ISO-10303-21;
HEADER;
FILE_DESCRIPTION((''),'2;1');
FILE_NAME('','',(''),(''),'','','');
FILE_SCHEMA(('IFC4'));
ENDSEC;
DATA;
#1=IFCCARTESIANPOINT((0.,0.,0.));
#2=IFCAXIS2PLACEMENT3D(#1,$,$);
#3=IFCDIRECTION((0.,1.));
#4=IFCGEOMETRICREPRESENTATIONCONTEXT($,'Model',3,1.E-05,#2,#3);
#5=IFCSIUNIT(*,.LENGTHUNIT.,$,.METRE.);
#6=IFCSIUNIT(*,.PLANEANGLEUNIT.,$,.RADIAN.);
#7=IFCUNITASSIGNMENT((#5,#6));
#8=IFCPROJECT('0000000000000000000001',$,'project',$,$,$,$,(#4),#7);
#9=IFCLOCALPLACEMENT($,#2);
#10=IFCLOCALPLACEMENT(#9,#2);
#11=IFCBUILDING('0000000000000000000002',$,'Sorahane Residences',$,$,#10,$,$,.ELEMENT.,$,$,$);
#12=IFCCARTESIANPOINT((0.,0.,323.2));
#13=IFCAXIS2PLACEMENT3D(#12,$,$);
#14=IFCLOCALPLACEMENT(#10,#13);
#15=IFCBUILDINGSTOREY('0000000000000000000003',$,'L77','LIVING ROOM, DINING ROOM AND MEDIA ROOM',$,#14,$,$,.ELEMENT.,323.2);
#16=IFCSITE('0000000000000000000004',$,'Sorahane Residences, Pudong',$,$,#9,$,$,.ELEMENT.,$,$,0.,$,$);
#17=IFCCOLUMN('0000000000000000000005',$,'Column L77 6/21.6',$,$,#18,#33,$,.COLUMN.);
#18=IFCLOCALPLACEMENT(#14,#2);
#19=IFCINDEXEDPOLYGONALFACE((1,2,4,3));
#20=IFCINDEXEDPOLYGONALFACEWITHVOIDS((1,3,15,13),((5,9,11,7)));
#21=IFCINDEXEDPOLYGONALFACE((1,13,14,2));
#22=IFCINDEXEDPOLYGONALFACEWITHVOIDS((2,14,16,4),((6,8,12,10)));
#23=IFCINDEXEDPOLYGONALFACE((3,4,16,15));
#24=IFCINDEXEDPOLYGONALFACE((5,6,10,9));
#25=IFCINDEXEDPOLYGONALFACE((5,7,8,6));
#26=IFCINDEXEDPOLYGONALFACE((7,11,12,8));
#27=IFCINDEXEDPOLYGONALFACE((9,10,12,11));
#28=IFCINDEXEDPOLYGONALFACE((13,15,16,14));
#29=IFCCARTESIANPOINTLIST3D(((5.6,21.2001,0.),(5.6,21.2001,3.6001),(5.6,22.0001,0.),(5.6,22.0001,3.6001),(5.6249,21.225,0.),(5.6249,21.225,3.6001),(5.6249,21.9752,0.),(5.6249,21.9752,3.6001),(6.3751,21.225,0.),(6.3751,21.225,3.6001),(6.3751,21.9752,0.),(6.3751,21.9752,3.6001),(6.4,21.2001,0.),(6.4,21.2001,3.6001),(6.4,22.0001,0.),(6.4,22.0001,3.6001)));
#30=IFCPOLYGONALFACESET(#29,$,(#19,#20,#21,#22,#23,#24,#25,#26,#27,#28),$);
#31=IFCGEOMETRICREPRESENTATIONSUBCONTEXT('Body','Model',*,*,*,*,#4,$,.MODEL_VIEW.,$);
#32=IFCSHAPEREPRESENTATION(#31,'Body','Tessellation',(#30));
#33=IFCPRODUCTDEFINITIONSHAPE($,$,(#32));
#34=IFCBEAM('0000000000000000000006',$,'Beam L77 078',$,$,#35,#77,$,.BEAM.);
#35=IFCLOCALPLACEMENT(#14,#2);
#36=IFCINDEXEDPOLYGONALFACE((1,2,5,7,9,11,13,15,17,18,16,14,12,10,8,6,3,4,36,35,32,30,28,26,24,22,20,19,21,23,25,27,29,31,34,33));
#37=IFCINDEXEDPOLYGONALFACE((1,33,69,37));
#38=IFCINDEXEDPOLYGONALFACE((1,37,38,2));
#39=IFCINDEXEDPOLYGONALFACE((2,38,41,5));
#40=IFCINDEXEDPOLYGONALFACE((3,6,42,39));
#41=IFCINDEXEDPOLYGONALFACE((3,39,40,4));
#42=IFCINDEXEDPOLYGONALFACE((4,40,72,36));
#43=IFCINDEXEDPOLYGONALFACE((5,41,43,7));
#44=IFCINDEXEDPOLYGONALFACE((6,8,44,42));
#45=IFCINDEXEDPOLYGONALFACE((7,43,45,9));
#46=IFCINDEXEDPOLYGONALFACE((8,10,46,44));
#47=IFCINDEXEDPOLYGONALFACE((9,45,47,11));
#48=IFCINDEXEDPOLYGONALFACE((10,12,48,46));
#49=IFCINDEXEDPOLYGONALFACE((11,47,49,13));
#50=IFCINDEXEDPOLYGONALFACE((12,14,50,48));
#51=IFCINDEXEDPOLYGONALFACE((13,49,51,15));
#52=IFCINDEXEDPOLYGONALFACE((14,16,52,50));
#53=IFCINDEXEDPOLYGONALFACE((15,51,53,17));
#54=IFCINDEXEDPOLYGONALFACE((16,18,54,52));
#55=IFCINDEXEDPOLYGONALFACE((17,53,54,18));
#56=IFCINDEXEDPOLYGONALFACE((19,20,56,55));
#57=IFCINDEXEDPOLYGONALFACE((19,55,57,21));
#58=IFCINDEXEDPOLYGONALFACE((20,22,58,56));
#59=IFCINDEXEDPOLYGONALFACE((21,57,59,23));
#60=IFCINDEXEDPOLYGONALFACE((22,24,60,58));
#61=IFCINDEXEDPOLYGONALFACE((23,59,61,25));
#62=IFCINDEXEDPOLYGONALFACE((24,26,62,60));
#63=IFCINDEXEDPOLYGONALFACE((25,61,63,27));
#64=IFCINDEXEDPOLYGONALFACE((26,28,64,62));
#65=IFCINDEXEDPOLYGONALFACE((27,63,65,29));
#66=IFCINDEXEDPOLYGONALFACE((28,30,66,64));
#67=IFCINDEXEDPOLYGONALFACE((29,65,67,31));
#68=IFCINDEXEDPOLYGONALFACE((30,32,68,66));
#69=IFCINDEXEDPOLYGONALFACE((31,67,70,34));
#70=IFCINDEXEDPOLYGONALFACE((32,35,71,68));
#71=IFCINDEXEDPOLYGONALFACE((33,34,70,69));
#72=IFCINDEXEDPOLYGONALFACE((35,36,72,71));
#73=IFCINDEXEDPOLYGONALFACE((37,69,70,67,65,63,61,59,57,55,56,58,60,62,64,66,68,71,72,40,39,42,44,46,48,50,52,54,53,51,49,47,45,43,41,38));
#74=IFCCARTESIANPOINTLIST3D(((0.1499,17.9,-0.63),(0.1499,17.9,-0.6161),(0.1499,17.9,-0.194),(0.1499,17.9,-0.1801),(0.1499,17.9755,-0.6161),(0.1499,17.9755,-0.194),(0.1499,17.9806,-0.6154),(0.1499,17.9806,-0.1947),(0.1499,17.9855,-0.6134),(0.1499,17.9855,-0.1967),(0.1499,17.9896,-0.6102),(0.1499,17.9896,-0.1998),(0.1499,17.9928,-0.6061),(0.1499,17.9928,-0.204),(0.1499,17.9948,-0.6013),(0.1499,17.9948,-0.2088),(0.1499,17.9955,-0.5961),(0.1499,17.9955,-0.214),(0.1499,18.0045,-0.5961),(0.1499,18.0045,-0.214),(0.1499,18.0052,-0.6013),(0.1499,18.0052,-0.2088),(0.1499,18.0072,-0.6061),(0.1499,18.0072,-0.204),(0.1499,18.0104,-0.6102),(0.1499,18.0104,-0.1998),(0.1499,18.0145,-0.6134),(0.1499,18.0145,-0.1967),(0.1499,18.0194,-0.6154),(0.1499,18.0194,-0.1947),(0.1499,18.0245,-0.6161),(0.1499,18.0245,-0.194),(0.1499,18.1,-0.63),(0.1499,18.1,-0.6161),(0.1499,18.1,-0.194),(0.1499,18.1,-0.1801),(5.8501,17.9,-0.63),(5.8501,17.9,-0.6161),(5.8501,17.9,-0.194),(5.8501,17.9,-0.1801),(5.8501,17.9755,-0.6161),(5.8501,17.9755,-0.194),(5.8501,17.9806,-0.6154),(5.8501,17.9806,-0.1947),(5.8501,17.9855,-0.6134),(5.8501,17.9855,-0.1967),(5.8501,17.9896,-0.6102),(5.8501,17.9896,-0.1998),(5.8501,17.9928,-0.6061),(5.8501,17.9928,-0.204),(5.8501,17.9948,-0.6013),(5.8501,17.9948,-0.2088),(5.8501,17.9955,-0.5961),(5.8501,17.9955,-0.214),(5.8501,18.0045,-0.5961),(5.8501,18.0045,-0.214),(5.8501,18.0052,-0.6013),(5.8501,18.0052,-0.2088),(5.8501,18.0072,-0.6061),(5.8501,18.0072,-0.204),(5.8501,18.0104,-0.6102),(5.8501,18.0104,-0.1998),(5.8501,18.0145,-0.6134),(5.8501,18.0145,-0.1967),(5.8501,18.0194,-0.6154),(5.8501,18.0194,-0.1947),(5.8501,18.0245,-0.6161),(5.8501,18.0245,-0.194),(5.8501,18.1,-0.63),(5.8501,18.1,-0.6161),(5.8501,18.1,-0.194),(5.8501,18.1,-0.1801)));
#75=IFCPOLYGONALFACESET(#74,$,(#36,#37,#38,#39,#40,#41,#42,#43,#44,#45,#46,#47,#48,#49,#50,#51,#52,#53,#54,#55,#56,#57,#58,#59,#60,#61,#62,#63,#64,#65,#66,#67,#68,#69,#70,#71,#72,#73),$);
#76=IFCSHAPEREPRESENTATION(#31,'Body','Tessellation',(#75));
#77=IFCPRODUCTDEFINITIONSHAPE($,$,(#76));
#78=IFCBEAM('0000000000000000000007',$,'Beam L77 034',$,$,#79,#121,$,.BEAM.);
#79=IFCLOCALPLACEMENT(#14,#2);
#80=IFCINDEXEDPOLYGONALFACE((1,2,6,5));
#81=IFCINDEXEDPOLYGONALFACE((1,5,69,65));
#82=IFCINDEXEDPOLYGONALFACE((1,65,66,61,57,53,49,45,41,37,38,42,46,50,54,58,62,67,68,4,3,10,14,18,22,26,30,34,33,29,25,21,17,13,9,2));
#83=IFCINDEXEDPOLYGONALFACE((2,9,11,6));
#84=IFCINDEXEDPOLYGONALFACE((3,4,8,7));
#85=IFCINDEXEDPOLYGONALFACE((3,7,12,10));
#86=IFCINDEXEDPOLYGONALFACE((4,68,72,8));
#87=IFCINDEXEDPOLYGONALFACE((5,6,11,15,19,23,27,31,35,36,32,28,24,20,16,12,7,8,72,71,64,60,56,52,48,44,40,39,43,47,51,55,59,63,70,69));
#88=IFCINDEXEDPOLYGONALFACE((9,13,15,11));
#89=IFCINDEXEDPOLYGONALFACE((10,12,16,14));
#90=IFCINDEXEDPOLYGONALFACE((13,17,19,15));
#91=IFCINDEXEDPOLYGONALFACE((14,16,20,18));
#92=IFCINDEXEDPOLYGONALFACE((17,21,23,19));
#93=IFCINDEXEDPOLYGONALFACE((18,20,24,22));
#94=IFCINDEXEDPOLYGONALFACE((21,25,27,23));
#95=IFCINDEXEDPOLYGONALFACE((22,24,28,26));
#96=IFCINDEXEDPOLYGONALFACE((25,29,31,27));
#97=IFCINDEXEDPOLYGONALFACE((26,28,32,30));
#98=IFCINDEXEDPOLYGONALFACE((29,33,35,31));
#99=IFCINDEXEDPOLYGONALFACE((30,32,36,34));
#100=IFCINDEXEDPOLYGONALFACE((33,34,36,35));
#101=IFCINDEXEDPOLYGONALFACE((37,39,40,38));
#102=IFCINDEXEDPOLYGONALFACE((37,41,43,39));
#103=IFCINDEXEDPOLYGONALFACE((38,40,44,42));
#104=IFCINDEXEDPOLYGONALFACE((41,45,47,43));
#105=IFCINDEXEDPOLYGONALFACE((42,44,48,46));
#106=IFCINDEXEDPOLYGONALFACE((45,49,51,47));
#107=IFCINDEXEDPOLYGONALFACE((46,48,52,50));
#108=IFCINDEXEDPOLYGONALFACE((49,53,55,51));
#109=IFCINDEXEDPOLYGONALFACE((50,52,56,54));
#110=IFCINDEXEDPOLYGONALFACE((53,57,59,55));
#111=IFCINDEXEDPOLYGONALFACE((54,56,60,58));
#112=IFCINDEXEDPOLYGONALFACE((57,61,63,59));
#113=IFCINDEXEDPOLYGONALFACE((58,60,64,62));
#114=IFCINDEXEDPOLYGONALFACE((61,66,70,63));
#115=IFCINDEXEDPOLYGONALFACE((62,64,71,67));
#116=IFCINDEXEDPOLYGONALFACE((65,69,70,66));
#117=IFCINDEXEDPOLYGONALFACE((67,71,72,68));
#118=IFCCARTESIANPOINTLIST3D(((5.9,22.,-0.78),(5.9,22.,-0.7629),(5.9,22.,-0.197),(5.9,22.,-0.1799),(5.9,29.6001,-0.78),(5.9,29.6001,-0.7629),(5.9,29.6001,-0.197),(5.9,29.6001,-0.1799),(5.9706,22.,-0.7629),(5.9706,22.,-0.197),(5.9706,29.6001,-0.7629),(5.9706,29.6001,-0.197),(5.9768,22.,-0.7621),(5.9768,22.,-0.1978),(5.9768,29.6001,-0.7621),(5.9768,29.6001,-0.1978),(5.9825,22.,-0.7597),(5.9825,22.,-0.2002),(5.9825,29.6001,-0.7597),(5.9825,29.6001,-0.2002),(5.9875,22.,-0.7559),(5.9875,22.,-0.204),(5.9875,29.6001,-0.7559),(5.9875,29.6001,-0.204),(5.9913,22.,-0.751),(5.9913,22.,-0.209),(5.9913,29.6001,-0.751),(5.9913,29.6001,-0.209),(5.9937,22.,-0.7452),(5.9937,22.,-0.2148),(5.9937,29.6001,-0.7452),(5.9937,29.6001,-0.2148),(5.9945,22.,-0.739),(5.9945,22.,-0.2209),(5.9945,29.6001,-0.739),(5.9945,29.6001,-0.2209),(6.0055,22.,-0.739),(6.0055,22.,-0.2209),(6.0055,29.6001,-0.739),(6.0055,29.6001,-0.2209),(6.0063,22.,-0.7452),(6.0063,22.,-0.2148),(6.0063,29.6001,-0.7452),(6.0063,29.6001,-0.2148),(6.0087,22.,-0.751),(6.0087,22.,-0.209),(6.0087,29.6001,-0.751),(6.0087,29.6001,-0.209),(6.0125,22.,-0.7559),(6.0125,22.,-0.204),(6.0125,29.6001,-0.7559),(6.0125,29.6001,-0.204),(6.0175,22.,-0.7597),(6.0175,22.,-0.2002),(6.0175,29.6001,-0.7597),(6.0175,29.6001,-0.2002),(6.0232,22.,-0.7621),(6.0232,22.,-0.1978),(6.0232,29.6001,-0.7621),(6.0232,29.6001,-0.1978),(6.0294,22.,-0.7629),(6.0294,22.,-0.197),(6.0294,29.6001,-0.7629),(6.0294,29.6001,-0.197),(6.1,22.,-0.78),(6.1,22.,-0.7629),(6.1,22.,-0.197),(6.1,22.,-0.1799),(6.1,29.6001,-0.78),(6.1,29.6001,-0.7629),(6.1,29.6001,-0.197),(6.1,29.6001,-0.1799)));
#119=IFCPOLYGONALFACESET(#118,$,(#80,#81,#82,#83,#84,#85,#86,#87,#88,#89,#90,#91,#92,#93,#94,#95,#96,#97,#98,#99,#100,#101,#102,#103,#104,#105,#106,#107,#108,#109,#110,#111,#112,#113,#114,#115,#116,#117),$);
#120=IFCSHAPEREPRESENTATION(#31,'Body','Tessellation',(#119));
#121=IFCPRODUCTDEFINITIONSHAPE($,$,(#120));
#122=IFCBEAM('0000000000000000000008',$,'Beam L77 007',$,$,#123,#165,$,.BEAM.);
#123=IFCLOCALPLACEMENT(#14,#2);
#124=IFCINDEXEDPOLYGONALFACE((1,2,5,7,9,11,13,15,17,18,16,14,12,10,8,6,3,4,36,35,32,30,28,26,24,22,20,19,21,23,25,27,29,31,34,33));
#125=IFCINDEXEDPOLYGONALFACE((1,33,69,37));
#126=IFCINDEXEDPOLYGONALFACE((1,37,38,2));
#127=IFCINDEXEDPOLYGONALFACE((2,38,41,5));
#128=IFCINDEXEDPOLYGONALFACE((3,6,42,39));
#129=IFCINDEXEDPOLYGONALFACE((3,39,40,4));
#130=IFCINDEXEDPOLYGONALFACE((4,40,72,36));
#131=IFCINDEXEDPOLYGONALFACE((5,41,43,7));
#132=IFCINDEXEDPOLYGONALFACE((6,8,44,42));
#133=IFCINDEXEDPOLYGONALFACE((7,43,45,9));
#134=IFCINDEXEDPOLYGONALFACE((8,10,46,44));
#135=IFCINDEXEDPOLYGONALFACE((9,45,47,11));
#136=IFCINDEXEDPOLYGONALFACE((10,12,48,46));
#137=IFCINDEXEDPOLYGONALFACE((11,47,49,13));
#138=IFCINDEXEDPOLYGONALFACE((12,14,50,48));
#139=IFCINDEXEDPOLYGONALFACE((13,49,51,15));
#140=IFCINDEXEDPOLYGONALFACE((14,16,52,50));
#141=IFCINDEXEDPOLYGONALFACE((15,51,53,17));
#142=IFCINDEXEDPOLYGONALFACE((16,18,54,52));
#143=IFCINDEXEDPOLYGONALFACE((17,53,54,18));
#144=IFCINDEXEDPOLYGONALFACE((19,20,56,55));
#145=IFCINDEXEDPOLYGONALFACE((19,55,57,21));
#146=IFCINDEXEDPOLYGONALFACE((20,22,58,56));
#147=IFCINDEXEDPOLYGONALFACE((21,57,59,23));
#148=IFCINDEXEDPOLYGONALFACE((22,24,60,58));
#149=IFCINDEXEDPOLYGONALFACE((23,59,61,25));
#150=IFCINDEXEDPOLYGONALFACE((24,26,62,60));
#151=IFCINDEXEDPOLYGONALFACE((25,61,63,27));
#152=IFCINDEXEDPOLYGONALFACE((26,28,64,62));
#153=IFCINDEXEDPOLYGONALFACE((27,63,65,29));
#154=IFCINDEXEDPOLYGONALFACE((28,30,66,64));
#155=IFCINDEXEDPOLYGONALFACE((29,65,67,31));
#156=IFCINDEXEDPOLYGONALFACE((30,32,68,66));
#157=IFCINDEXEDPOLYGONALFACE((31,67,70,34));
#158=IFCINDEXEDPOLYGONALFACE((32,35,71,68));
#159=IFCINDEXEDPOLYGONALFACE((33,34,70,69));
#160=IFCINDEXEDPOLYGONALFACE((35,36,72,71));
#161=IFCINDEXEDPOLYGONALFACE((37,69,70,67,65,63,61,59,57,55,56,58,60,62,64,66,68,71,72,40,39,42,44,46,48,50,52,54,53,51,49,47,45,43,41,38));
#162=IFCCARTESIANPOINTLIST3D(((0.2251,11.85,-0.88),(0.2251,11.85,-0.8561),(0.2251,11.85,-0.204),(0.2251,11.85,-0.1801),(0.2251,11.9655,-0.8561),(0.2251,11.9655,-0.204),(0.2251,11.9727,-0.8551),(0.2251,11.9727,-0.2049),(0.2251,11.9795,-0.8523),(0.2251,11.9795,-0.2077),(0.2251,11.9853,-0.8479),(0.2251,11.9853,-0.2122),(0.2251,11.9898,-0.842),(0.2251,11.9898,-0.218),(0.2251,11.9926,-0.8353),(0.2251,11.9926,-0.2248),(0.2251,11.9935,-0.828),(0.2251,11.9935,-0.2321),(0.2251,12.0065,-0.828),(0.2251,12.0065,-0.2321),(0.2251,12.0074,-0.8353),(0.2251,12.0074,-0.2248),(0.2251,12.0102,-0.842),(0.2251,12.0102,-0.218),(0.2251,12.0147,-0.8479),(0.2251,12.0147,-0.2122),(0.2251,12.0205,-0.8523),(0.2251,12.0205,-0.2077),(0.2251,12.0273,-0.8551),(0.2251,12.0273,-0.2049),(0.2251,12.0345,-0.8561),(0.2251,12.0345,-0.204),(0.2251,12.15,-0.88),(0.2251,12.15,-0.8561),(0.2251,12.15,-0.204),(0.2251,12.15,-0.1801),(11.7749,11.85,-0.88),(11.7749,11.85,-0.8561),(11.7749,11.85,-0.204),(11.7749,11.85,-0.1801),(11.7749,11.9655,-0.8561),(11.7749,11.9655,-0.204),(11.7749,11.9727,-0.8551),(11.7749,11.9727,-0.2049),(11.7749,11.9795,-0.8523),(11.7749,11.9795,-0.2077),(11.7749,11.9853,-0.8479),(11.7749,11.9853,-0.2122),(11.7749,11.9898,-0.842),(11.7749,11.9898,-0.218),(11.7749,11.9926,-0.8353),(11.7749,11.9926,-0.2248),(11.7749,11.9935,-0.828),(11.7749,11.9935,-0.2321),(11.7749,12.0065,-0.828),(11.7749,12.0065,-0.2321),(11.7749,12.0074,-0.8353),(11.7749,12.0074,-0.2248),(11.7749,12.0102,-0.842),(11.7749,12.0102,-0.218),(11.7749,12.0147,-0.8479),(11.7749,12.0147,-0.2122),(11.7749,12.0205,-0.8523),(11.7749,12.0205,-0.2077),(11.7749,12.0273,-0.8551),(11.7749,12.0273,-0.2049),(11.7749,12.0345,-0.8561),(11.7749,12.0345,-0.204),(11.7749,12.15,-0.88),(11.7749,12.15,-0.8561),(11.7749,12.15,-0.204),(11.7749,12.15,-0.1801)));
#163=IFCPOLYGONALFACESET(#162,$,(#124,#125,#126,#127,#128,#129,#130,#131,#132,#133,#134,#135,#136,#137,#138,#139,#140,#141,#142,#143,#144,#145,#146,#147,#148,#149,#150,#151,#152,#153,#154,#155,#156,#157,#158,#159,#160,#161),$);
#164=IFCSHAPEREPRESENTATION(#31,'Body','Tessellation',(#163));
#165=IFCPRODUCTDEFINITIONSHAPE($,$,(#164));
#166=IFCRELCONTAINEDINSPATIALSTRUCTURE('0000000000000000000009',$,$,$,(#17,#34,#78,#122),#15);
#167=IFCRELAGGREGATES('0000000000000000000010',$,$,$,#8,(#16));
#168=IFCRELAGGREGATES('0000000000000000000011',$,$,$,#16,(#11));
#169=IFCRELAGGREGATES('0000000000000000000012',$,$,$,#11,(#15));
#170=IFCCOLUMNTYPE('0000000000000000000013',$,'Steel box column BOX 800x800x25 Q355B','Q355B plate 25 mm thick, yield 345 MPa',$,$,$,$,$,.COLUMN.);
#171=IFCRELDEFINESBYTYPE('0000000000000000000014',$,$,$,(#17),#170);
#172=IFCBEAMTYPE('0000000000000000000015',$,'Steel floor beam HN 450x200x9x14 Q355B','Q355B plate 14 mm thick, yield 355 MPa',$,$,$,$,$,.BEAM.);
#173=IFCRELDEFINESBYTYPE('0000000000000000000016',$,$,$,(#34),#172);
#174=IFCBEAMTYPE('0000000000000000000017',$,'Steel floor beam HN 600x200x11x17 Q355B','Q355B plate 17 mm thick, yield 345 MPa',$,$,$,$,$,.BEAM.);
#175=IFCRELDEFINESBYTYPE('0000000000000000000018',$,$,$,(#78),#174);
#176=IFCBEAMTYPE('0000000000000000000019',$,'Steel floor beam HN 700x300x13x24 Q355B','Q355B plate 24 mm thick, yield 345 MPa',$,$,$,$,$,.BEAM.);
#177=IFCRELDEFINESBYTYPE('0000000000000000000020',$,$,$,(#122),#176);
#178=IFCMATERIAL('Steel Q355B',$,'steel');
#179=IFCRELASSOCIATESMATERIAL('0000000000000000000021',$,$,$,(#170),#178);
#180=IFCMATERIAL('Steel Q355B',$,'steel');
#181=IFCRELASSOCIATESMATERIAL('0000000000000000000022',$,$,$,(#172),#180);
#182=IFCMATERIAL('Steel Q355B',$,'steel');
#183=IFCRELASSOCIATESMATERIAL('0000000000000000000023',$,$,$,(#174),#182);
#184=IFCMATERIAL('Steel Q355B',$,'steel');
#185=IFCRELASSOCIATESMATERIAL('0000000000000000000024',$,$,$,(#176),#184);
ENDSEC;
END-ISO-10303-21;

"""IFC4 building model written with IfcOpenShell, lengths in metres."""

from ifc_helpers import new_model, si_unit, direction, frame, origin, origin_2d, place, context, subcontext, project, spatial, hollow_rectangle, i_section, extrude, material, material_profile, profile_set, type_object, element, save


model = new_model("IFC4")

# Units and contexts
model_context = context("Model", 3, precision=1e-05, world=origin(), true_north=direction((0.0, 1.0)))
body_context = subcontext(model_context, "Body", "Model", "MODEL_VIEW")
ifc_project = project(units=[si_unit("LENGTHUNIT", "METRE"), si_unit("PLANEANGLEUNIT", "RADIAN")], contexts=[model_context])

# Site, building, storey
site_placement = place(None, origin())
site = spatial("IfcSite", under=ifc_project, at=site_placement, Name="Sorahane Residences, Pudong", CompositionType="ELEMENT", RefElevation=0.0)
building_placement = place(site_placement, origin())
building = spatial("IfcBuilding", under=site, at=building_placement, Name="Sorahane Residences", CompositionType="ELEMENT")
storey_placement = place(building_placement, frame((0.0, 0.0, 323.2)))
storey = spatial("IfcBuildingStorey", under=building, at=storey_placement, Name="L77", Description="LIVING ROOM, DINING ROOM AND MEDIA ROOM", CompositionType="ELEMENT", Elevation=323.2)

# Column
ifc_material_1 = material(Name="Steel Q355B", Category="steel")
ifc_material_profile_1 = material_profile(ifc_material_1, hollow_rectangle(XDim=0.8, YDim=0.8, WallThickness=0.0249, at=origin_2d()), Name="BOX 800x800x25")
ifc_profile_set_1 = profile_set([ifc_material_profile_1], Name="Steel Q355B")
column_type = type_object("IfcColumnType", Name="Steel box column BOX 800x800x25 Q355B", Description="Q355B plate 25 mm thick, yield 345 MPa", PredefinedType="COLUMN", material=ifc_profile_set_1)
column_placement = place(storey_placement, frame((6.0, 21.6001, 0.0), z_axis=(0.0, 0.0, 1.0), x_axis=(1.0, 0.0, 0.0)))
element("IfcColumn", 1, at=column_placement, inside=storey, type_object=column_type, Name="Column L77 6/21.6", PredefinedType="COLUMN", context=body_context, shape_type="SweptSolid", body=[
    extrude(hollow_rectangle(XDim=0.8, YDim=0.8, WallThickness=0.0249, at=origin_2d()), origin(), (0.0, 0.0, 1.0), 3.6001),
])

# Beams
ifc_material_2 = material(Name="Steel Q355B", Category="steel")
ifc_material_profile_2 = material_profile(ifc_material_2, i_section(OverallWidth=0.2, OverallDepth=0.45, WebThickness=0.009, FlangeThickness=0.0139, FilletRadius=0.02, at=origin_2d()), Name="HN 450x200x9x14")
ifc_profile_set_2 = profile_set([ifc_material_profile_2], Name="Steel Q355B")
beam_type_1 = type_object("IfcBeamType", Name="Steel floor beam HN 450x200x9x14 Q355B", Description="Q355B plate 14 mm thick, yield 355 MPa", PredefinedType="BEAM", material=ifc_profile_set_2)
beam_1_placement = place(storey_placement, frame((0.1499, 18.0, -0.405), z_axis=(1.0, 0.0, 0.0), x_axis=(0.0, 1.0, 0.0)))
element("IfcBeam", 2, at=beam_1_placement, inside=storey, type_object=beam_type_1, Name="Beam L77 078", PredefinedType="BEAM", context=body_context, shape_type="SweptSolid", body=[
    extrude(i_section(OverallWidth=0.2, OverallDepth=0.45, WebThickness=0.009, FlangeThickness=0.0139, FilletRadius=0.02, at=origin_2d()), origin(), (0.0, 0.0, 1.0), 5.7002),
])
ifc_material_3 = material(Name="Steel Q355B", Category="steel")
ifc_material_profile_3 = material_profile(ifc_material_3, i_section(OverallWidth=0.2, OverallDepth=0.6001, WebThickness=0.011, FlangeThickness=0.0171, FilletRadius=0.0239, at=origin_2d()), Name="HN 600x200x11x17")
ifc_profile_set_3 = profile_set([ifc_material_profile_3], Name="Steel Q355B")
beam_type_2 = type_object("IfcBeamType", Name="Steel floor beam HN 600x200x11x17 Q355B", Description="Q355B plate 17 mm thick, yield 345 MPa", PredefinedType="BEAM", material=ifc_profile_set_3)
beam_2_placement = place(storey_placement, frame((6.0, 22.0, -0.48), z_axis=(0.0, 1.0, 0.0), x_axis=(-1.0, 0.0, 0.0)))
element("IfcBeam", 3, at=beam_2_placement, inside=storey, type_object=beam_type_2, Name="Beam L77 034", PredefinedType="BEAM", context=body_context, shape_type="SweptSolid", body=[
    extrude(i_section(OverallWidth=0.2, OverallDepth=0.6001, WebThickness=0.011, FlangeThickness=0.0171, FilletRadius=0.0239, at=origin_2d()), origin(), (0.0, 0.0, 1.0), 7.6001),
])
ifc_material_4 = material(Name="Steel Q355B", Category="steel")
ifc_material_profile_4 = material_profile(ifc_material_4, i_section(OverallWidth=0.3, OverallDepth=0.7, WebThickness=0.0129, FlangeThickness=0.0239, FilletRadius=0.0281, at=origin_2d()), Name="HN 700x300x13x24")
ifc_profile_set_4 = profile_set([ifc_material_profile_4], Name="Steel Q355B")
beam_type_3 = type_object("IfcBeamType", Name="Steel floor beam HN 700x300x13x24 Q355B", Description="Q355B plate 24 mm thick, yield 345 MPa", PredefinedType="BEAM", material=ifc_profile_set_4)
beam_3_placement = place(storey_placement, frame((0.2251, 12.0, -0.53), z_axis=(1.0, 0.0, 0.0), x_axis=(0.0, 1.0, 0.0)))
element("IfcBeam", 4, at=beam_3_placement, inside=storey, type_object=beam_type_3, Name="Beam L77 007", PredefinedType="BEAM", context=body_context, shape_type="SweptSolid", body=[
    extrude(i_section(OverallWidth=0.3, OverallDepth=0.7, WebThickness=0.0129, FlangeThickness=0.0239, FilletRadius=0.0281, at=origin_2d()), origin(), (0.0, 0.0, 1.0), 11.5498),
])

save(model, "model.ifc")
